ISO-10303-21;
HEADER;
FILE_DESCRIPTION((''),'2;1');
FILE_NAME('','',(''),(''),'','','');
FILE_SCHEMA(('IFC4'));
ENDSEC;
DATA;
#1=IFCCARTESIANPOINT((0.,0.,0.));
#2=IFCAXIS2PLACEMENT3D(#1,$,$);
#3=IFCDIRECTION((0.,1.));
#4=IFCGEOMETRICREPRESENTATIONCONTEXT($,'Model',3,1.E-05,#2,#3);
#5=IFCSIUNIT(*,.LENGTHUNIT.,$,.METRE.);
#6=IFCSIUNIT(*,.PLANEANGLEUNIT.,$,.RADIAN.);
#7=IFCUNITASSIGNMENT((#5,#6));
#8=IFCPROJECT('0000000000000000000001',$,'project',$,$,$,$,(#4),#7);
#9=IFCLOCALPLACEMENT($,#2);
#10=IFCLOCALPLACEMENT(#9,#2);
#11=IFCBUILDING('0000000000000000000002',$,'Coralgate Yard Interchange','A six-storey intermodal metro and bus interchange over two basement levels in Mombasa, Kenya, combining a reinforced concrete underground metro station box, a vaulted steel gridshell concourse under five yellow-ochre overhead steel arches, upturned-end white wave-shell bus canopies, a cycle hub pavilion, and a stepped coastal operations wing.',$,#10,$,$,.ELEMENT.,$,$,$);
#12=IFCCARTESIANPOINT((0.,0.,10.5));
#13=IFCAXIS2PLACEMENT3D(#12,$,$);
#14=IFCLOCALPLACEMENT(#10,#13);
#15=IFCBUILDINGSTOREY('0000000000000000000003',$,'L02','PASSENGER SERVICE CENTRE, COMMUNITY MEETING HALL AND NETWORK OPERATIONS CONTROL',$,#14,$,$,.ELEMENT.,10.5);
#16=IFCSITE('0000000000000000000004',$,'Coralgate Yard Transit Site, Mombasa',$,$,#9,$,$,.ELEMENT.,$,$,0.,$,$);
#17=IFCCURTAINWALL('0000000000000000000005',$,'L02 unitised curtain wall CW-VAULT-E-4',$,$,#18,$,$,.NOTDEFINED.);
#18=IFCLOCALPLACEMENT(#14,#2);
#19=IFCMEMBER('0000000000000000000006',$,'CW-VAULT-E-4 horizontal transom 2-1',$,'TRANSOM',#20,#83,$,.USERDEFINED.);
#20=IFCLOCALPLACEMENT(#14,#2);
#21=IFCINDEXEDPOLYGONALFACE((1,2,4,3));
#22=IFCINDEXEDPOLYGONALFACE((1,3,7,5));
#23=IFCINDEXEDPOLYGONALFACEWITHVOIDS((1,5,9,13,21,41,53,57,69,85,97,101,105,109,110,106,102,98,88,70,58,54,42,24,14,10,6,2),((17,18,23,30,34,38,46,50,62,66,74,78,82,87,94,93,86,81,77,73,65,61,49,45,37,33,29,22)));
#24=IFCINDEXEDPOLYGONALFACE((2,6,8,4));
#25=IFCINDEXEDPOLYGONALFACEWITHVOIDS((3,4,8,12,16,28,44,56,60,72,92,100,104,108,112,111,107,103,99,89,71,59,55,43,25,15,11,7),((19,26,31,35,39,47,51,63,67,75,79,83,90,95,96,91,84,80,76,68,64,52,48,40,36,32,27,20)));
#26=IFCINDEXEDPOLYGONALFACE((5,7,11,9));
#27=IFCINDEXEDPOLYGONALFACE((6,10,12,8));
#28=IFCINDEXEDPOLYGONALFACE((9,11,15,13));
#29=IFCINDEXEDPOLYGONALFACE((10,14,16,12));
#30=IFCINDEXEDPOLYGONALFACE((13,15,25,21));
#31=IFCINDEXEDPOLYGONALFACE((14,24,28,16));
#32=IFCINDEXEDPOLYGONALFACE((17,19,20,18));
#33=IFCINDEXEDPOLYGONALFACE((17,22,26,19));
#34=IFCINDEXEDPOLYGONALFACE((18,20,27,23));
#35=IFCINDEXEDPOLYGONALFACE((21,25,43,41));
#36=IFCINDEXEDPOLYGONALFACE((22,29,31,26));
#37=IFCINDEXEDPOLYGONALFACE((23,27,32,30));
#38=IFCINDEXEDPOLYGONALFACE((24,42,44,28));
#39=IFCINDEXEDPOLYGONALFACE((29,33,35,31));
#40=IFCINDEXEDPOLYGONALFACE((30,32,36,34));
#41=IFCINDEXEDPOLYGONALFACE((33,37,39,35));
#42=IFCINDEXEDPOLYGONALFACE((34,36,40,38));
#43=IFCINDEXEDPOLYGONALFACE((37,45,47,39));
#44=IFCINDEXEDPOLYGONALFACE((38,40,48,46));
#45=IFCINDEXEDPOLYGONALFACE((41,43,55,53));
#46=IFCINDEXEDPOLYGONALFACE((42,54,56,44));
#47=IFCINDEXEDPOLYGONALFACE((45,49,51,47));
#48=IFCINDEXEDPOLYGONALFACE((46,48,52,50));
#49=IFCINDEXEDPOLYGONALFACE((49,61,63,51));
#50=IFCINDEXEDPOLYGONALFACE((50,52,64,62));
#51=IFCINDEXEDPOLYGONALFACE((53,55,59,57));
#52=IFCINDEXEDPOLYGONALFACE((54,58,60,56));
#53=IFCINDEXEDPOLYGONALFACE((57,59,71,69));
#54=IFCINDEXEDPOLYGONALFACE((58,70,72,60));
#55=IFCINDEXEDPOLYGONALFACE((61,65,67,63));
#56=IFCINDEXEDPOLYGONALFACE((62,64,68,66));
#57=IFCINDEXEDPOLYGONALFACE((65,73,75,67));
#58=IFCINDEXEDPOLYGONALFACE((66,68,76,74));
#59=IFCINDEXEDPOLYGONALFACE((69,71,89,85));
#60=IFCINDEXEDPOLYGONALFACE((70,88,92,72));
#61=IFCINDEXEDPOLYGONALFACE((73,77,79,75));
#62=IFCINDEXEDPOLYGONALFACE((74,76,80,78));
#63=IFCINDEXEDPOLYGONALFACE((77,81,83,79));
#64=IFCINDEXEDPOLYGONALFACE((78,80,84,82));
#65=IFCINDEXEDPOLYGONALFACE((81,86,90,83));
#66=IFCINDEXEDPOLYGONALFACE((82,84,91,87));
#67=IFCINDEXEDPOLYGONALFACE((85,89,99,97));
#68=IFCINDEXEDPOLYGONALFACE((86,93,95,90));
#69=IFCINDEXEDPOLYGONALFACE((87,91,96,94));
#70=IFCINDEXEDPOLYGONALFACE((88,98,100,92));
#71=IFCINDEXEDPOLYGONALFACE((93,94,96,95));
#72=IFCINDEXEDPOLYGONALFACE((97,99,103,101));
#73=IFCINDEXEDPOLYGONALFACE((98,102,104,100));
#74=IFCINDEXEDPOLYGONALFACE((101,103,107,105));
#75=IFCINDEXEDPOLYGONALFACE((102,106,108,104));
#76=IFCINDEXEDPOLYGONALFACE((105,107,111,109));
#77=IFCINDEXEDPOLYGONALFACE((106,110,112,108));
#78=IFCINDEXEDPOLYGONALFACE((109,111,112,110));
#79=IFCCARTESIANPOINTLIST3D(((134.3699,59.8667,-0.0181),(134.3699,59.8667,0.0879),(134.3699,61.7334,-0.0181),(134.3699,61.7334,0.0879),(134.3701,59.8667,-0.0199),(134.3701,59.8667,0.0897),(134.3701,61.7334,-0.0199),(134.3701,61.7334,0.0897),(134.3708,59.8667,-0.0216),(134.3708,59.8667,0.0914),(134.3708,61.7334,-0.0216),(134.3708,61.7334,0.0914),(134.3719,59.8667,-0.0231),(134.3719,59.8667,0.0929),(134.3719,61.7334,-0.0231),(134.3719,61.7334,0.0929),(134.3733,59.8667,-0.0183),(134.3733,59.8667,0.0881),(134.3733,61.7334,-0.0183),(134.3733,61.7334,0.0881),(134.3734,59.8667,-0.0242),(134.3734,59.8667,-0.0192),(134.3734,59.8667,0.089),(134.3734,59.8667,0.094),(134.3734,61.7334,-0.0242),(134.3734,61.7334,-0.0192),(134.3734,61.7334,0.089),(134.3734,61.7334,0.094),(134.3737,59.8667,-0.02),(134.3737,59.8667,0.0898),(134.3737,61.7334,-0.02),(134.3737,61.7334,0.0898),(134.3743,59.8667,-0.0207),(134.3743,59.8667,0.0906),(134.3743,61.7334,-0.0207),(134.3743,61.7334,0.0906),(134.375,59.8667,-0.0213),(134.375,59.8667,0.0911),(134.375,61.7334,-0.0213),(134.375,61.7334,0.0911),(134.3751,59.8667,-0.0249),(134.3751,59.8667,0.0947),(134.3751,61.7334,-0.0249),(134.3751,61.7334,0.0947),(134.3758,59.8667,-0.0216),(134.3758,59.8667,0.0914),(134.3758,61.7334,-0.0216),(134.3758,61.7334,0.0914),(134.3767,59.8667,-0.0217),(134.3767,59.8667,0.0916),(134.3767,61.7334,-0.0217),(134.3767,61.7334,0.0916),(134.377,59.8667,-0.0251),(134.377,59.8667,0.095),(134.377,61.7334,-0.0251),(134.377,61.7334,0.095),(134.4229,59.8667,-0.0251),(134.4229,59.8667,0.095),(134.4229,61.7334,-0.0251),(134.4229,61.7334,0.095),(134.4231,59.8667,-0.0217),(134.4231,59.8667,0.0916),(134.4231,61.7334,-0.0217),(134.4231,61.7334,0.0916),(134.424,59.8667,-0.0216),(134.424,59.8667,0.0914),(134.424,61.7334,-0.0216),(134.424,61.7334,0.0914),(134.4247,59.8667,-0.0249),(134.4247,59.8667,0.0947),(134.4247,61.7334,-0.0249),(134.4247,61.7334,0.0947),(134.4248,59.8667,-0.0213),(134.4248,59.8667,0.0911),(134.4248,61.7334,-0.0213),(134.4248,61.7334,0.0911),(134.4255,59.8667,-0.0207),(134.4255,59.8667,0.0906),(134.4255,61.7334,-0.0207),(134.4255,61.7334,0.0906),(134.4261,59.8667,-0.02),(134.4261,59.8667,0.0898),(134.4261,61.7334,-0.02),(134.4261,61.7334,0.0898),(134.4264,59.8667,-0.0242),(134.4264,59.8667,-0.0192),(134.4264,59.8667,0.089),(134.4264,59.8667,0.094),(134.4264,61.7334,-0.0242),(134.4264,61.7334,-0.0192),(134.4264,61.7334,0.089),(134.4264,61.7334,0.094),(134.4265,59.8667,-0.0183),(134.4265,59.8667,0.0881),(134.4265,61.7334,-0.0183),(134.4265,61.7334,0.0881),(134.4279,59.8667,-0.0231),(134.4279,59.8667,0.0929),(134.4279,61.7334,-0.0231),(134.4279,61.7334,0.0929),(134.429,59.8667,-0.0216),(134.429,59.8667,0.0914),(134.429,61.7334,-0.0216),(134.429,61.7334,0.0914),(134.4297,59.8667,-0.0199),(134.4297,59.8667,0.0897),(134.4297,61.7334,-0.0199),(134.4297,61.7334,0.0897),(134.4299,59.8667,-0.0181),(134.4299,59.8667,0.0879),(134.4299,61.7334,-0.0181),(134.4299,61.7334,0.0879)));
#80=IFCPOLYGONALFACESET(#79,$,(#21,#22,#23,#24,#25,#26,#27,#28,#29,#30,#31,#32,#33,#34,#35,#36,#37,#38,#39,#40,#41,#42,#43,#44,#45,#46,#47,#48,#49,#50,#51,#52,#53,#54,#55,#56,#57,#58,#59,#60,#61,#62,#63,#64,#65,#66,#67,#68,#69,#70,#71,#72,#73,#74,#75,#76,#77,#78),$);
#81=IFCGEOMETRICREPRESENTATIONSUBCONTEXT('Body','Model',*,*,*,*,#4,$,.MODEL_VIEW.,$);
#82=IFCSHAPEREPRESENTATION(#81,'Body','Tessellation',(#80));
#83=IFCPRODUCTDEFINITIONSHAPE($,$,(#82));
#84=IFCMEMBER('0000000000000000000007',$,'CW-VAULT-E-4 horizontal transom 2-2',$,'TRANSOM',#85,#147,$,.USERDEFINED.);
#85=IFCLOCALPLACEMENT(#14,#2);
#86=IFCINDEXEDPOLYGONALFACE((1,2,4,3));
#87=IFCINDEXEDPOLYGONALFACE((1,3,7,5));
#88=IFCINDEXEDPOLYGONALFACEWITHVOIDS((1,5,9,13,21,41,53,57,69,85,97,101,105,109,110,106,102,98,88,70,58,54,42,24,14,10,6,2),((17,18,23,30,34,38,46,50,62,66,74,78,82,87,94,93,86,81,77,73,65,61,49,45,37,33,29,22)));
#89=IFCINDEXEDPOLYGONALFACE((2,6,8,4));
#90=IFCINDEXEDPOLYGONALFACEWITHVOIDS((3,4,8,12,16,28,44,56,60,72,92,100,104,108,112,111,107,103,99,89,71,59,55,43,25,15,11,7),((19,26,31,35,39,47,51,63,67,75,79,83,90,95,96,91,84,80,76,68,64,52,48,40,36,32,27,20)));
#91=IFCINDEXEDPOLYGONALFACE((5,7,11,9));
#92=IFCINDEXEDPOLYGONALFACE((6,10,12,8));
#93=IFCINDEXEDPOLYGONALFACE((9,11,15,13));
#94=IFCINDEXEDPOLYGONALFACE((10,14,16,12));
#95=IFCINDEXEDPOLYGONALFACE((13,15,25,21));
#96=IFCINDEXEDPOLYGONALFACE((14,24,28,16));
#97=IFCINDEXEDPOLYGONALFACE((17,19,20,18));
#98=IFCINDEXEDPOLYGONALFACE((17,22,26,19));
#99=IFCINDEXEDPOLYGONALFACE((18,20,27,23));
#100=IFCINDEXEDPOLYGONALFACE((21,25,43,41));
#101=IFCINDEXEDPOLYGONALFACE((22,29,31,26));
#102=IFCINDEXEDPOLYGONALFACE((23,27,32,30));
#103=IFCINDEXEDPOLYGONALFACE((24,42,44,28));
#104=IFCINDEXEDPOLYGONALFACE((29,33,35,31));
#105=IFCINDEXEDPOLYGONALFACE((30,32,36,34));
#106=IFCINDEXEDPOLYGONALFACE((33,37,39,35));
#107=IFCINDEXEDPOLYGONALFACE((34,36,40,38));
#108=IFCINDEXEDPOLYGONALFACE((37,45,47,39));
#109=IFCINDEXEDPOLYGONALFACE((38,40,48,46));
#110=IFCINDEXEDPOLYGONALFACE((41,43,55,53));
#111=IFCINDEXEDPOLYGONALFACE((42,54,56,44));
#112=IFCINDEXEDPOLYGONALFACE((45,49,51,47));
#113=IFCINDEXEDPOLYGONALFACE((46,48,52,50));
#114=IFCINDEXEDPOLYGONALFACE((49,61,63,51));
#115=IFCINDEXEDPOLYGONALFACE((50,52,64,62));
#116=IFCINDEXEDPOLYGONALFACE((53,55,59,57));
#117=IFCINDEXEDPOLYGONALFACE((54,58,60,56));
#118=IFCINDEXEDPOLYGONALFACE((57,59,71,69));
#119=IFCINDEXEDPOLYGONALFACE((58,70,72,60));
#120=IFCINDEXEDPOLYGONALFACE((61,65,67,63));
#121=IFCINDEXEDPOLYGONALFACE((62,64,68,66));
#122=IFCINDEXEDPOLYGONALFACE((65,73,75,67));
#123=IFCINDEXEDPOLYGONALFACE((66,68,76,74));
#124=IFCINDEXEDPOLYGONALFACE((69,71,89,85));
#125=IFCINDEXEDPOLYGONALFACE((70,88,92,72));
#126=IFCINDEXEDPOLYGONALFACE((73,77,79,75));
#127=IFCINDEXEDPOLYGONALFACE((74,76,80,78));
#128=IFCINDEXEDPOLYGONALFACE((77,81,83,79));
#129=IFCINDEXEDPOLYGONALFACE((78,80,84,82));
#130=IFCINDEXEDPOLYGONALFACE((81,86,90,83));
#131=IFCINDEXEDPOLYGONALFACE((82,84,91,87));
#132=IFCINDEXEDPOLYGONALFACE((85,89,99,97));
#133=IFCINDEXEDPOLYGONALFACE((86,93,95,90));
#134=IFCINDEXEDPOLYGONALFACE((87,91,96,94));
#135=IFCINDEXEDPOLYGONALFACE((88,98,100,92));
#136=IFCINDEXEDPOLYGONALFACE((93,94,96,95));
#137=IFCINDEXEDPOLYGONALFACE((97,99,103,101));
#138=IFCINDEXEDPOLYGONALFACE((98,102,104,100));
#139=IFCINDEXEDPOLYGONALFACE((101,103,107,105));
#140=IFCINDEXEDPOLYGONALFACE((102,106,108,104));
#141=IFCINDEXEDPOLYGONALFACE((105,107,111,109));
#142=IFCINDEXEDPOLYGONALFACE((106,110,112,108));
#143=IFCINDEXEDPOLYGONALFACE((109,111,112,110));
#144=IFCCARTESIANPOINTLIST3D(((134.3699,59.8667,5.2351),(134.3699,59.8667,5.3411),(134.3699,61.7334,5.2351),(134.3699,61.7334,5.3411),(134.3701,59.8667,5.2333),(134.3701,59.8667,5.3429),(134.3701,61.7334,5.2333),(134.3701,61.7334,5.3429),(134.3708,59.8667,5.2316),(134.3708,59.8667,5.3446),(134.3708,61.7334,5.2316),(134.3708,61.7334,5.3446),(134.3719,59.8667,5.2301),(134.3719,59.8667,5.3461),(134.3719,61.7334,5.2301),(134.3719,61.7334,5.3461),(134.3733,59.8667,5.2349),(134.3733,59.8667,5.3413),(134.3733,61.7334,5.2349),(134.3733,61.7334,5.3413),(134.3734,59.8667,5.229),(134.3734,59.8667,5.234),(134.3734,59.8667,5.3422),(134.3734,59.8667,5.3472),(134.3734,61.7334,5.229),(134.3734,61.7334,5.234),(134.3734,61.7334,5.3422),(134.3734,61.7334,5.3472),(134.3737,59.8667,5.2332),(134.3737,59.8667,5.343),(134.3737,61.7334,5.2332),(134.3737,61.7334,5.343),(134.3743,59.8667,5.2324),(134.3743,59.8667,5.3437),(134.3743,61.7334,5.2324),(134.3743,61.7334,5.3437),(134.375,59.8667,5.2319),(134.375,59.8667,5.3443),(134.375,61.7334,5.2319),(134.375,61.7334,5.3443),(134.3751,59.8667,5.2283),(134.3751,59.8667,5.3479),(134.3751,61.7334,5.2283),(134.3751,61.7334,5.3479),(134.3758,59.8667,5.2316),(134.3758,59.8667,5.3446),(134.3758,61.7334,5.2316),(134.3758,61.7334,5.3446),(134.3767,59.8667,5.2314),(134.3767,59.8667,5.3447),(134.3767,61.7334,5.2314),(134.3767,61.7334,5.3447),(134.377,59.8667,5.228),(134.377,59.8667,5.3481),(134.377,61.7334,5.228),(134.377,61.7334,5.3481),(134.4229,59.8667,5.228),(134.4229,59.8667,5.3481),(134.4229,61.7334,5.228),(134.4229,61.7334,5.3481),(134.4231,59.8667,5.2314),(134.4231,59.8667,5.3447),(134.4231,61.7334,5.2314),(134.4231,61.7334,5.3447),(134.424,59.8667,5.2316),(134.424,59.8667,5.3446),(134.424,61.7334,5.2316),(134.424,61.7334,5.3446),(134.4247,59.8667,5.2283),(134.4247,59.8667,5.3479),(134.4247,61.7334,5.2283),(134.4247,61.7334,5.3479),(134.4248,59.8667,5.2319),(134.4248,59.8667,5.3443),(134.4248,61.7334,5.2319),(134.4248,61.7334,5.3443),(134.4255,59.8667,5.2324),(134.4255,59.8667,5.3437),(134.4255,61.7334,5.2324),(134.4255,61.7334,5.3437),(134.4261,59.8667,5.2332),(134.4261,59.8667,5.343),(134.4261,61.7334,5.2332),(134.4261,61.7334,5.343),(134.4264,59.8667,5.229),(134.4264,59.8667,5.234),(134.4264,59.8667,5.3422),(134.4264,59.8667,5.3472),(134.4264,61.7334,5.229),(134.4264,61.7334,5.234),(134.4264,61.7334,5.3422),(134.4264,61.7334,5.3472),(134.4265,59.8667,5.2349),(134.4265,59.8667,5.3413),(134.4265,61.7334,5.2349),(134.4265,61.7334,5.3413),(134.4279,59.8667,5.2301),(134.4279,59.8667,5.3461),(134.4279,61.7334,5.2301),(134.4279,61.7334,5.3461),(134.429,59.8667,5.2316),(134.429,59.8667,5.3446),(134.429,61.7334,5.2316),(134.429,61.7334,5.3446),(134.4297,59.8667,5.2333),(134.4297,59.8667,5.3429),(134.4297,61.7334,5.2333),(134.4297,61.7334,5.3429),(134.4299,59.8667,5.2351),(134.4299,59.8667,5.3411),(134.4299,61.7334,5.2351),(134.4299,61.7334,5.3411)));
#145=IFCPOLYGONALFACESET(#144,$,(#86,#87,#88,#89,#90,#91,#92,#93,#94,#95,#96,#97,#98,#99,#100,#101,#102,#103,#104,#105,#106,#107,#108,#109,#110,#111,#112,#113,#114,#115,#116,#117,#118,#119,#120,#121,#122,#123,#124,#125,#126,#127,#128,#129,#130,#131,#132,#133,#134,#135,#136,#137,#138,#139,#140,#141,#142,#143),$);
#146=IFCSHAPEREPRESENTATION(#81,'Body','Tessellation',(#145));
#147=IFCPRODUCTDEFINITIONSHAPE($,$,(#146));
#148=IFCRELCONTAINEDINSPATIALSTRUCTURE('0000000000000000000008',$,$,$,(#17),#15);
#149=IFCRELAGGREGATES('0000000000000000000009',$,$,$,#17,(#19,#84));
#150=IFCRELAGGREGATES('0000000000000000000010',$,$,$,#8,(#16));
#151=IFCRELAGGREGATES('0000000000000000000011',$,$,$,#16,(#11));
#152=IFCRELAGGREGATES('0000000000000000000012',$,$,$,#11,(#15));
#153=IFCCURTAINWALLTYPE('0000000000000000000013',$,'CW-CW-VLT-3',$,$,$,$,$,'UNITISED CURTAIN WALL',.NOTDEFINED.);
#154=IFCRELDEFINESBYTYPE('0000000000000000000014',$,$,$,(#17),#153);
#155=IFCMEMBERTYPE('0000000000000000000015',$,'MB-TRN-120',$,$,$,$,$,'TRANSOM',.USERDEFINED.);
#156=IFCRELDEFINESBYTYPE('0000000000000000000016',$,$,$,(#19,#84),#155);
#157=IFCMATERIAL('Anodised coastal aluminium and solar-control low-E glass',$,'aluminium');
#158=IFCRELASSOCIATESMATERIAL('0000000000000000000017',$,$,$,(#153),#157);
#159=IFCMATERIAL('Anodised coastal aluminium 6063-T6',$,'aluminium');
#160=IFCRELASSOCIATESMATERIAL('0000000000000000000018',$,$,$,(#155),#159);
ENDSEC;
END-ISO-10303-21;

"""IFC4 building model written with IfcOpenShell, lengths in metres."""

from ifc_helpers import new_model, si_unit, direction, frame, origin, origin_2d, place, context, subcontext, project, spatial, hollow_rectangle, extrude, material, material_profile, profile_set, type_object, element, aggregate, save


model = new_model("IFC4")

# Units and contexts
model_context = context("Model", 3, precision=1e-05, world=origin(), true_north=direction((0.0, 1.0)))
body_context = subcontext(model_context, "Body", "Model", "MODEL_VIEW")
ifc_project = project(units=[si_unit("LENGTHUNIT", "METRE"), si_unit("PLANEANGLEUNIT", "RADIAN")], contexts=[model_context])

# Site, building, storey
site_placement = place(None, origin())
site = spatial("IfcSite", under=ifc_project, at=site_placement, Name="Coralgate Yard Transit Site, Mombasa", CompositionType="ELEMENT", RefElevation=0.0)
building_placement = place(site_placement, origin())
building = spatial("IfcBuilding", under=site, at=building_placement, Name="Coralgate Yard Interchange", Description="A six-storey intermodal metro and bus interchange over two basement levels in Mombasa, Kenya, combining a reinforced concrete underground metro station box, a vaulted steel gridshell concourse under five yellow-ochre overhead steel arches, upturned-end white wave-shell bus canopies, a cycle hub pavilion, and a stepped coastal operations wing.", CompositionType="ELEMENT")
storey_placement = place(building_placement, frame((0.0, 0.0, 10.5)))
storey = spatial("IfcBuildingStorey", under=building, at=storey_placement, Name="L02", Description="PASSENGER SERVICE CENTRE, COMMUNITY MEETING HALL AND NETWORK OPERATIONS CONTROL", CompositionType="ELEMENT", Elevation=10.5)

# Curtain wall
ifc_material_1 = material(Name="Anodised coastal aluminium and solar-control low-E glass", Category="aluminium")
curtain_wall_type_1 = type_object("IfcCurtainWallType", Name="CW-CW-VLT-3", ElementType="UNITISED CURTAIN WALL", PredefinedType="NOTDEFINED", material=ifc_material_1)
ifc_material_2 = material(Name="Anodised coastal aluminium 6063-T6", Category="aluminium")
curtain_wall_1_placement = place(storey_placement, origin())
curtain_wall_1 = element("IfcCurtainWall", 1, at=curtain_wall_1_placement, inside=storey, type_object=curtain_wall_type_1, Name="L02 unitised curtain wall CW-VAULT-E-4", PredefinedType="NOTDEFINED")

# Members
ifc_material_profile_1 = material_profile(ifc_material_2, hollow_rectangle(XDim=0.0601, YDim=0.1201, WallThickness=0.0034, InnerFilletRadius=0.0034, OuterFilletRadius=0.0071, at=origin_2d()), Name="ALU 60x120x3.5")
ifc_profile_set_1 = profile_set([ifc_material_profile_1], Name="Anodised coastal aluminium 6063-T6")
member_type_1 = type_object("IfcMemberType", Name="MB-TRN-120", ElementType="TRANSOM", PredefinedType="USERDEFINED", material=ifc_profile_set_1)
member_1_placement = place(storey_placement, frame((134.3999, 61.7334, 0.0349), z_axis=(0.0, -1.0, 0.0), x_axis=(1.0, 0.0, 0.0)))
member_1 = element("IfcMember", 2, at=member_1_placement, type_object=member_type_1, Name="CW-VAULT-E-4 horizontal transom 2-1", ObjectType="TRANSOM", PredefinedType="USERDEFINED", context=body_context, shape_type="SweptSolid", body=[
    extrude(hollow_rectangle(XDim=0.0601, YDim=0.1201, WallThickness=0.0034, InnerFilletRadius=0.0034, OuterFilletRadius=0.0071, at=origin_2d()), origin(), (0.0, 0.0, 1.0), 1.8667),
])
member_2_placement = place(storey_placement, frame((134.3999, 61.7334, 5.2881), z_axis=(0.0, -1.0, 0.0), x_axis=(1.0, 0.0, 0.0)))
member_2 = element("IfcMember", 3, at=member_2_placement, type_object=member_type_1, Name="CW-VAULT-E-4 horizontal transom 2-2", ObjectType="TRANSOM", PredefinedType="USERDEFINED", context=body_context, shape_type="SweptSolid", body=[
    extrude(hollow_rectangle(XDim=0.0601, YDim=0.1201, WallThickness=0.0034, InnerFilletRadius=0.0034, OuterFilletRadius=0.0071, at=origin_2d()), origin(), (0.0, 0.0, 1.0), 1.8667),
])

aggregate(curtain_wall_1, [member_1, member_2])

save(model, "model.ifc")
